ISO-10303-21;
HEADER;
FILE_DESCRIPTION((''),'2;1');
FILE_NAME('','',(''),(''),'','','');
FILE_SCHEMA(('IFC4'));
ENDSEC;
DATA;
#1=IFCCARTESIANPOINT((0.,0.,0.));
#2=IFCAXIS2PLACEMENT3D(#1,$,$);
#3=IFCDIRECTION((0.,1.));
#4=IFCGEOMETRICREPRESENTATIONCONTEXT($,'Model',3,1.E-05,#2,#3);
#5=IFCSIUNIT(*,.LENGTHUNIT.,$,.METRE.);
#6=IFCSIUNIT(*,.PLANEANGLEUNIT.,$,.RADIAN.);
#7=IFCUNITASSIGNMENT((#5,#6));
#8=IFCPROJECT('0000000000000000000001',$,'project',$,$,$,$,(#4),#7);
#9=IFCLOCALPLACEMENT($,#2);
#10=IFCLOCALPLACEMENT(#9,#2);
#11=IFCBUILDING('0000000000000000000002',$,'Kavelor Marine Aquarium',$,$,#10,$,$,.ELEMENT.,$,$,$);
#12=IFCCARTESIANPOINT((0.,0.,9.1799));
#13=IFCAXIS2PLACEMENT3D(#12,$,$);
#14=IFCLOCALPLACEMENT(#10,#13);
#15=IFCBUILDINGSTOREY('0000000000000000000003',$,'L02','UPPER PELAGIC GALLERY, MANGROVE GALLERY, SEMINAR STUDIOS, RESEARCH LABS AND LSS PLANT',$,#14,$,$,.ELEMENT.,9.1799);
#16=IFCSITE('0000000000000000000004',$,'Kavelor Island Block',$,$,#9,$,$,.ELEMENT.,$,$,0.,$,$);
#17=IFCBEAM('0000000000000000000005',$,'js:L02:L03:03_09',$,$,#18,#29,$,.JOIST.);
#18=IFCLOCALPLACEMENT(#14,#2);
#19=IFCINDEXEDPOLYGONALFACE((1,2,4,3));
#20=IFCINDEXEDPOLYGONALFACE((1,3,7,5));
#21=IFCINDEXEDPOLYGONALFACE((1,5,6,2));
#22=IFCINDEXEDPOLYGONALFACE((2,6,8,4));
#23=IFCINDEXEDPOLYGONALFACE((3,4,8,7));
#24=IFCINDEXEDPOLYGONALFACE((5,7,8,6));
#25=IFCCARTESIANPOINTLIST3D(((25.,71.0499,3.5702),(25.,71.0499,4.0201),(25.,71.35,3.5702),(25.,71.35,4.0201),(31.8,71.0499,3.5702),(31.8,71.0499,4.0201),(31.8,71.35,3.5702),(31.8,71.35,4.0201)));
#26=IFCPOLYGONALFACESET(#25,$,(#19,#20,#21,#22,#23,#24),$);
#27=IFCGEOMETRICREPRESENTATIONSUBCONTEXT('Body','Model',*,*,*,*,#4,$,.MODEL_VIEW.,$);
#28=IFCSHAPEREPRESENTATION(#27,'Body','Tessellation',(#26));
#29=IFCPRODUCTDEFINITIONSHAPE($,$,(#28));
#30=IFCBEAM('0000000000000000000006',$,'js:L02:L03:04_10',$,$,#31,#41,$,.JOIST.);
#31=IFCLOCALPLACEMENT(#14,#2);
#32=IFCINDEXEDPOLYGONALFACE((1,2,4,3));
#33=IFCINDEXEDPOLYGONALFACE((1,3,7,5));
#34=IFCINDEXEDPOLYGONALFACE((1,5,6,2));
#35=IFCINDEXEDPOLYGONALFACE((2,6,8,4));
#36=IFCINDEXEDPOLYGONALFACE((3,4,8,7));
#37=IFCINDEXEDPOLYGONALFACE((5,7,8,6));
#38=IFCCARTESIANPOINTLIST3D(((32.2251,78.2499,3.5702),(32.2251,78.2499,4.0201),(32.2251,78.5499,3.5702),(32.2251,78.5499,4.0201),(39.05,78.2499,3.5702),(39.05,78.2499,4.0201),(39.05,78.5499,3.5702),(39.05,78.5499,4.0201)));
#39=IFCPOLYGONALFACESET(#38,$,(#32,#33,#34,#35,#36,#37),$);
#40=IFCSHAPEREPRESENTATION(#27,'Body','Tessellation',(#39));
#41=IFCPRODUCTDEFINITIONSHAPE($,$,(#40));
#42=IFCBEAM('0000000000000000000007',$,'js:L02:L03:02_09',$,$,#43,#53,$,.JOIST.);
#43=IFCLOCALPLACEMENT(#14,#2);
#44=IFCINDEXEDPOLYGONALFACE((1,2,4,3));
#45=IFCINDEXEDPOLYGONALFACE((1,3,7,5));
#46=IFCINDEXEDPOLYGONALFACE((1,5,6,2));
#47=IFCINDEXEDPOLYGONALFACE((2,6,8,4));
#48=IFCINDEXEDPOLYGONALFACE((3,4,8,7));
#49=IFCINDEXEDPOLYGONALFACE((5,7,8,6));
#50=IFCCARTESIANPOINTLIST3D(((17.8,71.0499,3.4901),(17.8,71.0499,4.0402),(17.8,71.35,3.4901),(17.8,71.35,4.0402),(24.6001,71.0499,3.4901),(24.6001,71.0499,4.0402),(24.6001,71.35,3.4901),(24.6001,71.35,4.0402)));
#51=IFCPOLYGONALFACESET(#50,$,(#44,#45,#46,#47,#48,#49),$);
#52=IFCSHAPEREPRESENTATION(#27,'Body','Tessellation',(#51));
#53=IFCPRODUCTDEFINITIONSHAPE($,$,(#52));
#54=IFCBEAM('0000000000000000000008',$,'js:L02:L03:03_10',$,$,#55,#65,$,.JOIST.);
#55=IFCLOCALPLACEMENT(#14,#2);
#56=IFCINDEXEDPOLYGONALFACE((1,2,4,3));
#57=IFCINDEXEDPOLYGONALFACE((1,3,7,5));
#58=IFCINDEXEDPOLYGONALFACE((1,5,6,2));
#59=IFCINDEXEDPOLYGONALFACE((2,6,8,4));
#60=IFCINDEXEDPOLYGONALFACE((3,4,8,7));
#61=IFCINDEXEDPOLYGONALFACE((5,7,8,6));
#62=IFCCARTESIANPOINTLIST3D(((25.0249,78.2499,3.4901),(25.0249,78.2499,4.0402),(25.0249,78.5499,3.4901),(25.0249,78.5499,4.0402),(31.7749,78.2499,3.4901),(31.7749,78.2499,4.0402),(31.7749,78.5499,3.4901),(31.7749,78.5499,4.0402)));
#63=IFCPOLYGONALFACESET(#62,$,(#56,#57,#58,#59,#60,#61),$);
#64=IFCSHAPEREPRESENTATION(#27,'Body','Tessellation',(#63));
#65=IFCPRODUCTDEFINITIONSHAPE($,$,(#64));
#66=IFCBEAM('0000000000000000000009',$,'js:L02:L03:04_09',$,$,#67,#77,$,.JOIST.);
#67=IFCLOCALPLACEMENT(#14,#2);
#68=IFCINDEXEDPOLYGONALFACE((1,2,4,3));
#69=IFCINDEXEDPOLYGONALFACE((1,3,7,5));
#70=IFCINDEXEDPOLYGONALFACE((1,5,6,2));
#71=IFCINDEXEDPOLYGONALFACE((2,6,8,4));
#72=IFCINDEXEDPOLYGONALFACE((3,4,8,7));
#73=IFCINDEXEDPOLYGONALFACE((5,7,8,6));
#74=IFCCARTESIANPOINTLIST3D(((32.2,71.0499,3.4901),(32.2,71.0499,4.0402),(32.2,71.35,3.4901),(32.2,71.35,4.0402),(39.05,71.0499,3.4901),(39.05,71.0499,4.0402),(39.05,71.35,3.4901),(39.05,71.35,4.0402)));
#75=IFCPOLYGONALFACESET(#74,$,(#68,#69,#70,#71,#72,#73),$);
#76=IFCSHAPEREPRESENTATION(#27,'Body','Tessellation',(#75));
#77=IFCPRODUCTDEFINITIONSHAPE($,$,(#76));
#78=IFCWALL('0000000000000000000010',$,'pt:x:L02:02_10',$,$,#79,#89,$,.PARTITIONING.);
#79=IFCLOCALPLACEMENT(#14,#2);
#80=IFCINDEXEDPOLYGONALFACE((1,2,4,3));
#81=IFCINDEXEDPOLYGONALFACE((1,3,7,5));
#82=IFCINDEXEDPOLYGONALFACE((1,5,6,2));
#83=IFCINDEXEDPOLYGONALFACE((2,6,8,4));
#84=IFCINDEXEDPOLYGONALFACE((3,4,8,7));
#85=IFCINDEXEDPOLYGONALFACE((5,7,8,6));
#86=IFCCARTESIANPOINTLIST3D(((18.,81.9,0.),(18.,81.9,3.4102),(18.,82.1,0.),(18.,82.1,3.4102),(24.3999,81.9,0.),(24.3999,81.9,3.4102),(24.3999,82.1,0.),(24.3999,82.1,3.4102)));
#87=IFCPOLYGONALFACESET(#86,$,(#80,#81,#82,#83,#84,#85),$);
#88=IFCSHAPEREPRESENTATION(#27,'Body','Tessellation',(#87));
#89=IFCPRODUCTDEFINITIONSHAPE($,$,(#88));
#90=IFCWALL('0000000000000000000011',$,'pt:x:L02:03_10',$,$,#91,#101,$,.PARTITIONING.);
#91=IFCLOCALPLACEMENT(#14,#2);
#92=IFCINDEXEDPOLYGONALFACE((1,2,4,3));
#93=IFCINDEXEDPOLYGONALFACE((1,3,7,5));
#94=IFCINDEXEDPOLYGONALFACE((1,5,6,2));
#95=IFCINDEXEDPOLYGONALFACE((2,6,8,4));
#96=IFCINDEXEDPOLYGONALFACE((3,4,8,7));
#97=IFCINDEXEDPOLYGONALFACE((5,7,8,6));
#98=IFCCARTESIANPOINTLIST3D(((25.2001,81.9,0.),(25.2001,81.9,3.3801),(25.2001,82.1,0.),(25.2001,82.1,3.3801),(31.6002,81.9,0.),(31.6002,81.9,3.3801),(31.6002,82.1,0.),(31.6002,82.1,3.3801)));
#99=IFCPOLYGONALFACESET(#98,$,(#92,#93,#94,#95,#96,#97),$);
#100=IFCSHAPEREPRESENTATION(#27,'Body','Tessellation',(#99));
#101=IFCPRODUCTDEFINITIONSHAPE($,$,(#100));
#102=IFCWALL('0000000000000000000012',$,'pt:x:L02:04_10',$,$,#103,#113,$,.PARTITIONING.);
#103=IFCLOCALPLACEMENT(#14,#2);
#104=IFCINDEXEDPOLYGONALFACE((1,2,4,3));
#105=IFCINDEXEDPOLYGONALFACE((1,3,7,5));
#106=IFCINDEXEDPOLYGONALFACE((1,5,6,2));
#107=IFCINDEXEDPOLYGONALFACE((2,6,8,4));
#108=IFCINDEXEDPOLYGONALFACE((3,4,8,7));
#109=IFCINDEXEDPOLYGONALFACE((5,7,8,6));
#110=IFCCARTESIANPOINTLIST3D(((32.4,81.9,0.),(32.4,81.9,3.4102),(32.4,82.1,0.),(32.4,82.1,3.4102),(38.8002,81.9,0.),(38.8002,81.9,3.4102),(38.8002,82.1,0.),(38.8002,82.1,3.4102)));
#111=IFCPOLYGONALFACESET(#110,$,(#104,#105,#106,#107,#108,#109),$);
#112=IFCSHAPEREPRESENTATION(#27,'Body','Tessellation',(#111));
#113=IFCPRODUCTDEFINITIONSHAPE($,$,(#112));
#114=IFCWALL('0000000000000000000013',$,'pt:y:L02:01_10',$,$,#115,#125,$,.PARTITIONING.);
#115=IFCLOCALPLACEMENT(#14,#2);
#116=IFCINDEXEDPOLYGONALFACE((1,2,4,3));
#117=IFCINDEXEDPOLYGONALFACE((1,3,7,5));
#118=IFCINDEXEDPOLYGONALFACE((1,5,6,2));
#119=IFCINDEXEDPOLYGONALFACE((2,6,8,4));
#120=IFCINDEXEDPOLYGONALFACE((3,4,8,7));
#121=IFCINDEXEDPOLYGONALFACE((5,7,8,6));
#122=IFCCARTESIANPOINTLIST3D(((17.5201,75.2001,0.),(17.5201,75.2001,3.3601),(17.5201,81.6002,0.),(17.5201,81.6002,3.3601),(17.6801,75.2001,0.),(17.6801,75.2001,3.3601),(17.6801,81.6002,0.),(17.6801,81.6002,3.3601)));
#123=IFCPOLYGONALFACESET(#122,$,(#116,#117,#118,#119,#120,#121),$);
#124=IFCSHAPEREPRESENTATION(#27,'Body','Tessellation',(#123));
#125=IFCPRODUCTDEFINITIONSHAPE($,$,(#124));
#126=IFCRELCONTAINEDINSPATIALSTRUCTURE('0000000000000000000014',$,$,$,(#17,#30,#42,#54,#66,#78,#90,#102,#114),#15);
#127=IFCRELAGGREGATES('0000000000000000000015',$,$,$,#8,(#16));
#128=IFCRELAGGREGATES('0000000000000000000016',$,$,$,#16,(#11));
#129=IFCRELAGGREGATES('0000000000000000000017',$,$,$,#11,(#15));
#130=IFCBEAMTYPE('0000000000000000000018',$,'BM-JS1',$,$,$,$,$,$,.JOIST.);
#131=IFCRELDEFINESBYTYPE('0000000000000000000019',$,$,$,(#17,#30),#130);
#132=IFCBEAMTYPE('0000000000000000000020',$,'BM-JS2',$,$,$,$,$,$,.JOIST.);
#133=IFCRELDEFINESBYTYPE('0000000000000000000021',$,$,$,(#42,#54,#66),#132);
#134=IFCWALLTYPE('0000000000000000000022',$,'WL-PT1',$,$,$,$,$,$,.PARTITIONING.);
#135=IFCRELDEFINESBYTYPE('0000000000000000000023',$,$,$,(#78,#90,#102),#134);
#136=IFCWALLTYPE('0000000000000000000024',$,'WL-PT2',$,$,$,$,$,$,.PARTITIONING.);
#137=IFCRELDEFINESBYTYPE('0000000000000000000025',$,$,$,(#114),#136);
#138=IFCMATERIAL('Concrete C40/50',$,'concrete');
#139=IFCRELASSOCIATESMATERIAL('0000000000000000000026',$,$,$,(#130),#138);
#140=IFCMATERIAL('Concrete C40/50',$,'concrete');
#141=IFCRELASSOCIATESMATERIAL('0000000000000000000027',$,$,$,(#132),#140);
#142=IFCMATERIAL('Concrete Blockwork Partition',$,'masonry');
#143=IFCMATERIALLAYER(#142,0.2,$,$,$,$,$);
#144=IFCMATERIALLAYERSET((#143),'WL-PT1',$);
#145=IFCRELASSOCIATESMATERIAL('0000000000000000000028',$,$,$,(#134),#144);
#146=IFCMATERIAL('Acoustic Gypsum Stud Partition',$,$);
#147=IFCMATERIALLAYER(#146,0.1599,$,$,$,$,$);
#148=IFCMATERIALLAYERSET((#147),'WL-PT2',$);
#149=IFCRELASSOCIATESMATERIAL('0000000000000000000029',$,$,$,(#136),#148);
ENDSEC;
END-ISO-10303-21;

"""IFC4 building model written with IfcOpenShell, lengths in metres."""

from ifc_helpers import new_model, si_unit, direction, frame, frame_2d, origin, origin_2d, place, context, subcontext, project, spatial, rectangle, extrude, material, layer, layer_set, material_profile, profile_set, type_object, element, save


model = new_model("IFC4")

# Units and contexts
model_context = context("Model", 3, precision=1e-05, world=origin(), true_north=direction((0.0, 1.0)))
body_context = subcontext(model_context, "Body", "Model", "MODEL_VIEW")
ifc_project = project(units=[si_unit("LENGTHUNIT", "METRE"), si_unit("PLANEANGLEUNIT", "RADIAN")], contexts=[model_context])

# Site, building, storey
site_placement = place(None, origin())
site = spatial("IfcSite", under=ifc_project, at=site_placement, Name="Kavelor Island Block", CompositionType="ELEMENT", RefElevation=0.0)
building_placement = place(site_placement, origin())
building = spatial("IfcBuilding", under=site, at=building_placement, Name="Kavelor Marine Aquarium", CompositionType="ELEMENT")
storey_placement = place(building_placement, frame((0.0, 0.0, 9.1799)))
storey = spatial("IfcBuildingStorey", under=building, at=storey_placement, Name="L02", Description="UPPER PELAGIC GALLERY, MANGROVE GALLERY, SEMINAR STUDIOS, RESEARCH LABS AND LSS PLANT", CompositionType="ELEMENT", Elevation=9.1799)

# Beams
ifc_material_1 = material(Name="Concrete C40/50", Category="concrete")
ifc_material_profile_1 = material_profile(ifc_material_1, rectangle(XDim=0.3, YDim=0.45, at=origin_2d()), Name="RC-JS 300x450")
ifc_profile_set_1 = profile_set([ifc_material_profile_1], Name="Concrete C40/50")
beam_type_1 = type_object("IfcBeamType", Name="BM-JS1", PredefinedType="JOIST", material=ifc_profile_set_1)
beam_1_placement = place(storey_placement, frame((25.0, 71.2, 3.7952), z_axis=(1.0, 0.0, 0.0), x_axis=(0.0, 1.0, 0.0)))
element("IfcBeam", 1, at=beam_1_placement, inside=storey, type_object=beam_type_1, Name="js:L02:L03:03_09", PredefinedType="JOIST", context=body_context, shape_type="SweptSolid", body=[
    extrude(rectangle(XDim=0.3, YDim=0.45, at=origin_2d()), origin(), (0.0, 0.0, 1.0), 6.8),
])
beam_2_placement = place(storey_placement, frame((32.2251, 78.3999, 3.7952), z_axis=(1.0, 0.0, 0.0), x_axis=(0.0, 1.0, 0.0)))
element("IfcBeam", 2, at=beam_2_placement, inside=storey, type_object=beam_type_1, Name="js:L02:L03:04_10", PredefinedType="JOIST", context=body_context, shape_type="SweptSolid", body=[
    extrude(rectangle(XDim=0.3, YDim=0.45, at=origin_2d()), origin(), (0.0, 0.0, 1.0), 6.825),
])
ifc_material_2 = material(Name="Concrete C40/50", Category="concrete")
ifc_material_profile_2 = material_profile(ifc_material_2, rectangle(XDim=0.3, YDim=0.55, at=origin_2d()), Name="RC-JS 300x550")
ifc_profile_set_2 = profile_set([ifc_material_profile_2], Name="Concrete C40/50")
beam_type_2 = type_object("IfcBeamType", Name="BM-JS2", PredefinedType="JOIST", material=ifc_profile_set_2)
beam_3_placement = place(storey_placement, frame((17.8, 71.2, 3.7651), z_axis=(1.0, 0.0, 0.0), x_axis=(0.0, 1.0, 0.0)))
element("IfcBeam", 3, at=beam_3_placement, inside=storey, type_object=beam_type_2, Name="js:L02:L03:02_09", PredefinedType="JOIST", context=body_context, shape_type="SweptSolid", body=[
    extrude(rectangle(XDim=0.3, YDim=0.55, at=origin_2d()), origin(), (0.0, 0.0, 1.0), 6.8),
])
beam_4_placement = place(storey_placement, frame((25.0249, 78.3999, 3.7651), z_axis=(1.0, 0.0, 0.0), x_axis=(0.0, 1.0, 0.0)))
element("IfcBeam", 4, at=beam_4_placement, inside=storey, type_object=beam_type_2, Name="js:L02:L03:03_10", PredefinedType="JOIST", context=body_context, shape_type="SweptSolid", body=[
    extrude(rectangle(XDim=0.3, YDim=0.55, at=origin_2d()), origin(), (0.0, 0.0, 1.0), 6.75),
])
beam_5_placement = place(storey_placement, frame((32.2, 71.2, 3.7651), z_axis=(1.0, 0.0, 0.0), x_axis=(0.0, 1.0, 0.0)))
element("IfcBeam", 5, at=beam_5_placement, inside=storey, type_object=beam_type_2, Name="js:L02:L03:04_09", PredefinedType="JOIST", context=body_context, shape_type="SweptSolid", body=[
    extrude(rectangle(XDim=0.3, YDim=0.55, at=origin_2d()), origin(), (0.0, 0.0, 1.0), 6.8501),
])

# Walls
ifc_material_3 = material(Name="Concrete Blockwork Partition", Category="masonry")
ifc_layer_1 = layer(ifc_material_3, 0.2)
ifc_layer_set_1 = layer_set([ifc_layer_1], Name="WL-PT1")
wall_type_1 = type_object("IfcWallType", Name="WL-PT1", PredefinedType="PARTITIONING", material=ifc_layer_set_1)
wall_1_placement = place(storey_placement, frame((18.0, 82.0, 0.0), z_axis=(0.0, 0.0, 1.0), x_axis=(1.0, 0.0, 0.0)))
element("IfcWall", 6, at=wall_1_placement, inside=storey, type_object=wall_type_1, Name="pt:x:L02:02_10", PredefinedType="PARTITIONING", context=body_context, shape_type="SweptSolid", body=[
    extrude(rectangle(XDim=6.3999, YDim=0.2, at=frame_2d((3.2, 0.0))), origin(), (0.0, 0.0, 1.0), 3.4102),
])
wall_2_placement = place(storey_placement, frame((25.2, 82.0, 0.0), z_axis=(0.0, 0.0, 1.0), x_axis=(1.0, 0.0, 0.0)))
element("IfcWall", 7, at=wall_2_placement, inside=storey, type_object=wall_type_1, Name="pt:x:L02:03_10", PredefinedType="PARTITIONING", context=body_context, shape_type="SweptSolid", body=[
    extrude(rectangle(XDim=6.4001, YDim=0.2, at=frame_2d((3.2002, 0.0))), origin(), (0.0, 0.0, 1.0), 3.3801),
])
wall_3_placement = place(storey_placement, frame((32.3999, 82.0, 0.0), z_axis=(0.0, 0.0, 1.0), x_axis=(1.0, 0.0, 0.0)))
element("IfcWall", 8, at=wall_3_placement, inside=storey, type_object=wall_type_1, Name="pt:x:L02:04_10", PredefinedType="PARTITIONING", context=body_context, shape_type="SweptSolid", body=[
    extrude(rectangle(XDim=6.4001, YDim=0.2, at=frame_2d((3.2002, 0.0))), origin(), (0.0, 0.0, 1.0), 3.4102),
])
ifc_material_4 = material(Name="Acoustic Gypsum Stud Partition")
ifc_layer_2 = layer(ifc_material_4, 0.1599)
ifc_layer_set_2 = layer_set([ifc_layer_2], Name="WL-PT2")
wall_type_2 = type_object("IfcWallType", Name="WL-PT2", PredefinedType="PARTITIONING", material=ifc_layer_set_2)
wall_4_placement = place(storey_placement, frame((17.6001, 75.2, 0.0), z_axis=(0.0, 0.0, 1.0), x_axis=(0.0, 1.0, 0.0)))
element("IfcWall", 9, at=wall_4_placement, inside=storey, type_object=wall_type_2, Name="pt:y:L02:01_10", PredefinedType="PARTITIONING", context=body_context, shape_type="SweptSolid", body=[
    extrude(rectangle(XDim=6.4001, YDim=0.1599, at=frame_2d((3.2002, 0.0))), origin(), (0.0, 0.0, 1.0), 3.3601),
])

save(model, "model.ifc")
